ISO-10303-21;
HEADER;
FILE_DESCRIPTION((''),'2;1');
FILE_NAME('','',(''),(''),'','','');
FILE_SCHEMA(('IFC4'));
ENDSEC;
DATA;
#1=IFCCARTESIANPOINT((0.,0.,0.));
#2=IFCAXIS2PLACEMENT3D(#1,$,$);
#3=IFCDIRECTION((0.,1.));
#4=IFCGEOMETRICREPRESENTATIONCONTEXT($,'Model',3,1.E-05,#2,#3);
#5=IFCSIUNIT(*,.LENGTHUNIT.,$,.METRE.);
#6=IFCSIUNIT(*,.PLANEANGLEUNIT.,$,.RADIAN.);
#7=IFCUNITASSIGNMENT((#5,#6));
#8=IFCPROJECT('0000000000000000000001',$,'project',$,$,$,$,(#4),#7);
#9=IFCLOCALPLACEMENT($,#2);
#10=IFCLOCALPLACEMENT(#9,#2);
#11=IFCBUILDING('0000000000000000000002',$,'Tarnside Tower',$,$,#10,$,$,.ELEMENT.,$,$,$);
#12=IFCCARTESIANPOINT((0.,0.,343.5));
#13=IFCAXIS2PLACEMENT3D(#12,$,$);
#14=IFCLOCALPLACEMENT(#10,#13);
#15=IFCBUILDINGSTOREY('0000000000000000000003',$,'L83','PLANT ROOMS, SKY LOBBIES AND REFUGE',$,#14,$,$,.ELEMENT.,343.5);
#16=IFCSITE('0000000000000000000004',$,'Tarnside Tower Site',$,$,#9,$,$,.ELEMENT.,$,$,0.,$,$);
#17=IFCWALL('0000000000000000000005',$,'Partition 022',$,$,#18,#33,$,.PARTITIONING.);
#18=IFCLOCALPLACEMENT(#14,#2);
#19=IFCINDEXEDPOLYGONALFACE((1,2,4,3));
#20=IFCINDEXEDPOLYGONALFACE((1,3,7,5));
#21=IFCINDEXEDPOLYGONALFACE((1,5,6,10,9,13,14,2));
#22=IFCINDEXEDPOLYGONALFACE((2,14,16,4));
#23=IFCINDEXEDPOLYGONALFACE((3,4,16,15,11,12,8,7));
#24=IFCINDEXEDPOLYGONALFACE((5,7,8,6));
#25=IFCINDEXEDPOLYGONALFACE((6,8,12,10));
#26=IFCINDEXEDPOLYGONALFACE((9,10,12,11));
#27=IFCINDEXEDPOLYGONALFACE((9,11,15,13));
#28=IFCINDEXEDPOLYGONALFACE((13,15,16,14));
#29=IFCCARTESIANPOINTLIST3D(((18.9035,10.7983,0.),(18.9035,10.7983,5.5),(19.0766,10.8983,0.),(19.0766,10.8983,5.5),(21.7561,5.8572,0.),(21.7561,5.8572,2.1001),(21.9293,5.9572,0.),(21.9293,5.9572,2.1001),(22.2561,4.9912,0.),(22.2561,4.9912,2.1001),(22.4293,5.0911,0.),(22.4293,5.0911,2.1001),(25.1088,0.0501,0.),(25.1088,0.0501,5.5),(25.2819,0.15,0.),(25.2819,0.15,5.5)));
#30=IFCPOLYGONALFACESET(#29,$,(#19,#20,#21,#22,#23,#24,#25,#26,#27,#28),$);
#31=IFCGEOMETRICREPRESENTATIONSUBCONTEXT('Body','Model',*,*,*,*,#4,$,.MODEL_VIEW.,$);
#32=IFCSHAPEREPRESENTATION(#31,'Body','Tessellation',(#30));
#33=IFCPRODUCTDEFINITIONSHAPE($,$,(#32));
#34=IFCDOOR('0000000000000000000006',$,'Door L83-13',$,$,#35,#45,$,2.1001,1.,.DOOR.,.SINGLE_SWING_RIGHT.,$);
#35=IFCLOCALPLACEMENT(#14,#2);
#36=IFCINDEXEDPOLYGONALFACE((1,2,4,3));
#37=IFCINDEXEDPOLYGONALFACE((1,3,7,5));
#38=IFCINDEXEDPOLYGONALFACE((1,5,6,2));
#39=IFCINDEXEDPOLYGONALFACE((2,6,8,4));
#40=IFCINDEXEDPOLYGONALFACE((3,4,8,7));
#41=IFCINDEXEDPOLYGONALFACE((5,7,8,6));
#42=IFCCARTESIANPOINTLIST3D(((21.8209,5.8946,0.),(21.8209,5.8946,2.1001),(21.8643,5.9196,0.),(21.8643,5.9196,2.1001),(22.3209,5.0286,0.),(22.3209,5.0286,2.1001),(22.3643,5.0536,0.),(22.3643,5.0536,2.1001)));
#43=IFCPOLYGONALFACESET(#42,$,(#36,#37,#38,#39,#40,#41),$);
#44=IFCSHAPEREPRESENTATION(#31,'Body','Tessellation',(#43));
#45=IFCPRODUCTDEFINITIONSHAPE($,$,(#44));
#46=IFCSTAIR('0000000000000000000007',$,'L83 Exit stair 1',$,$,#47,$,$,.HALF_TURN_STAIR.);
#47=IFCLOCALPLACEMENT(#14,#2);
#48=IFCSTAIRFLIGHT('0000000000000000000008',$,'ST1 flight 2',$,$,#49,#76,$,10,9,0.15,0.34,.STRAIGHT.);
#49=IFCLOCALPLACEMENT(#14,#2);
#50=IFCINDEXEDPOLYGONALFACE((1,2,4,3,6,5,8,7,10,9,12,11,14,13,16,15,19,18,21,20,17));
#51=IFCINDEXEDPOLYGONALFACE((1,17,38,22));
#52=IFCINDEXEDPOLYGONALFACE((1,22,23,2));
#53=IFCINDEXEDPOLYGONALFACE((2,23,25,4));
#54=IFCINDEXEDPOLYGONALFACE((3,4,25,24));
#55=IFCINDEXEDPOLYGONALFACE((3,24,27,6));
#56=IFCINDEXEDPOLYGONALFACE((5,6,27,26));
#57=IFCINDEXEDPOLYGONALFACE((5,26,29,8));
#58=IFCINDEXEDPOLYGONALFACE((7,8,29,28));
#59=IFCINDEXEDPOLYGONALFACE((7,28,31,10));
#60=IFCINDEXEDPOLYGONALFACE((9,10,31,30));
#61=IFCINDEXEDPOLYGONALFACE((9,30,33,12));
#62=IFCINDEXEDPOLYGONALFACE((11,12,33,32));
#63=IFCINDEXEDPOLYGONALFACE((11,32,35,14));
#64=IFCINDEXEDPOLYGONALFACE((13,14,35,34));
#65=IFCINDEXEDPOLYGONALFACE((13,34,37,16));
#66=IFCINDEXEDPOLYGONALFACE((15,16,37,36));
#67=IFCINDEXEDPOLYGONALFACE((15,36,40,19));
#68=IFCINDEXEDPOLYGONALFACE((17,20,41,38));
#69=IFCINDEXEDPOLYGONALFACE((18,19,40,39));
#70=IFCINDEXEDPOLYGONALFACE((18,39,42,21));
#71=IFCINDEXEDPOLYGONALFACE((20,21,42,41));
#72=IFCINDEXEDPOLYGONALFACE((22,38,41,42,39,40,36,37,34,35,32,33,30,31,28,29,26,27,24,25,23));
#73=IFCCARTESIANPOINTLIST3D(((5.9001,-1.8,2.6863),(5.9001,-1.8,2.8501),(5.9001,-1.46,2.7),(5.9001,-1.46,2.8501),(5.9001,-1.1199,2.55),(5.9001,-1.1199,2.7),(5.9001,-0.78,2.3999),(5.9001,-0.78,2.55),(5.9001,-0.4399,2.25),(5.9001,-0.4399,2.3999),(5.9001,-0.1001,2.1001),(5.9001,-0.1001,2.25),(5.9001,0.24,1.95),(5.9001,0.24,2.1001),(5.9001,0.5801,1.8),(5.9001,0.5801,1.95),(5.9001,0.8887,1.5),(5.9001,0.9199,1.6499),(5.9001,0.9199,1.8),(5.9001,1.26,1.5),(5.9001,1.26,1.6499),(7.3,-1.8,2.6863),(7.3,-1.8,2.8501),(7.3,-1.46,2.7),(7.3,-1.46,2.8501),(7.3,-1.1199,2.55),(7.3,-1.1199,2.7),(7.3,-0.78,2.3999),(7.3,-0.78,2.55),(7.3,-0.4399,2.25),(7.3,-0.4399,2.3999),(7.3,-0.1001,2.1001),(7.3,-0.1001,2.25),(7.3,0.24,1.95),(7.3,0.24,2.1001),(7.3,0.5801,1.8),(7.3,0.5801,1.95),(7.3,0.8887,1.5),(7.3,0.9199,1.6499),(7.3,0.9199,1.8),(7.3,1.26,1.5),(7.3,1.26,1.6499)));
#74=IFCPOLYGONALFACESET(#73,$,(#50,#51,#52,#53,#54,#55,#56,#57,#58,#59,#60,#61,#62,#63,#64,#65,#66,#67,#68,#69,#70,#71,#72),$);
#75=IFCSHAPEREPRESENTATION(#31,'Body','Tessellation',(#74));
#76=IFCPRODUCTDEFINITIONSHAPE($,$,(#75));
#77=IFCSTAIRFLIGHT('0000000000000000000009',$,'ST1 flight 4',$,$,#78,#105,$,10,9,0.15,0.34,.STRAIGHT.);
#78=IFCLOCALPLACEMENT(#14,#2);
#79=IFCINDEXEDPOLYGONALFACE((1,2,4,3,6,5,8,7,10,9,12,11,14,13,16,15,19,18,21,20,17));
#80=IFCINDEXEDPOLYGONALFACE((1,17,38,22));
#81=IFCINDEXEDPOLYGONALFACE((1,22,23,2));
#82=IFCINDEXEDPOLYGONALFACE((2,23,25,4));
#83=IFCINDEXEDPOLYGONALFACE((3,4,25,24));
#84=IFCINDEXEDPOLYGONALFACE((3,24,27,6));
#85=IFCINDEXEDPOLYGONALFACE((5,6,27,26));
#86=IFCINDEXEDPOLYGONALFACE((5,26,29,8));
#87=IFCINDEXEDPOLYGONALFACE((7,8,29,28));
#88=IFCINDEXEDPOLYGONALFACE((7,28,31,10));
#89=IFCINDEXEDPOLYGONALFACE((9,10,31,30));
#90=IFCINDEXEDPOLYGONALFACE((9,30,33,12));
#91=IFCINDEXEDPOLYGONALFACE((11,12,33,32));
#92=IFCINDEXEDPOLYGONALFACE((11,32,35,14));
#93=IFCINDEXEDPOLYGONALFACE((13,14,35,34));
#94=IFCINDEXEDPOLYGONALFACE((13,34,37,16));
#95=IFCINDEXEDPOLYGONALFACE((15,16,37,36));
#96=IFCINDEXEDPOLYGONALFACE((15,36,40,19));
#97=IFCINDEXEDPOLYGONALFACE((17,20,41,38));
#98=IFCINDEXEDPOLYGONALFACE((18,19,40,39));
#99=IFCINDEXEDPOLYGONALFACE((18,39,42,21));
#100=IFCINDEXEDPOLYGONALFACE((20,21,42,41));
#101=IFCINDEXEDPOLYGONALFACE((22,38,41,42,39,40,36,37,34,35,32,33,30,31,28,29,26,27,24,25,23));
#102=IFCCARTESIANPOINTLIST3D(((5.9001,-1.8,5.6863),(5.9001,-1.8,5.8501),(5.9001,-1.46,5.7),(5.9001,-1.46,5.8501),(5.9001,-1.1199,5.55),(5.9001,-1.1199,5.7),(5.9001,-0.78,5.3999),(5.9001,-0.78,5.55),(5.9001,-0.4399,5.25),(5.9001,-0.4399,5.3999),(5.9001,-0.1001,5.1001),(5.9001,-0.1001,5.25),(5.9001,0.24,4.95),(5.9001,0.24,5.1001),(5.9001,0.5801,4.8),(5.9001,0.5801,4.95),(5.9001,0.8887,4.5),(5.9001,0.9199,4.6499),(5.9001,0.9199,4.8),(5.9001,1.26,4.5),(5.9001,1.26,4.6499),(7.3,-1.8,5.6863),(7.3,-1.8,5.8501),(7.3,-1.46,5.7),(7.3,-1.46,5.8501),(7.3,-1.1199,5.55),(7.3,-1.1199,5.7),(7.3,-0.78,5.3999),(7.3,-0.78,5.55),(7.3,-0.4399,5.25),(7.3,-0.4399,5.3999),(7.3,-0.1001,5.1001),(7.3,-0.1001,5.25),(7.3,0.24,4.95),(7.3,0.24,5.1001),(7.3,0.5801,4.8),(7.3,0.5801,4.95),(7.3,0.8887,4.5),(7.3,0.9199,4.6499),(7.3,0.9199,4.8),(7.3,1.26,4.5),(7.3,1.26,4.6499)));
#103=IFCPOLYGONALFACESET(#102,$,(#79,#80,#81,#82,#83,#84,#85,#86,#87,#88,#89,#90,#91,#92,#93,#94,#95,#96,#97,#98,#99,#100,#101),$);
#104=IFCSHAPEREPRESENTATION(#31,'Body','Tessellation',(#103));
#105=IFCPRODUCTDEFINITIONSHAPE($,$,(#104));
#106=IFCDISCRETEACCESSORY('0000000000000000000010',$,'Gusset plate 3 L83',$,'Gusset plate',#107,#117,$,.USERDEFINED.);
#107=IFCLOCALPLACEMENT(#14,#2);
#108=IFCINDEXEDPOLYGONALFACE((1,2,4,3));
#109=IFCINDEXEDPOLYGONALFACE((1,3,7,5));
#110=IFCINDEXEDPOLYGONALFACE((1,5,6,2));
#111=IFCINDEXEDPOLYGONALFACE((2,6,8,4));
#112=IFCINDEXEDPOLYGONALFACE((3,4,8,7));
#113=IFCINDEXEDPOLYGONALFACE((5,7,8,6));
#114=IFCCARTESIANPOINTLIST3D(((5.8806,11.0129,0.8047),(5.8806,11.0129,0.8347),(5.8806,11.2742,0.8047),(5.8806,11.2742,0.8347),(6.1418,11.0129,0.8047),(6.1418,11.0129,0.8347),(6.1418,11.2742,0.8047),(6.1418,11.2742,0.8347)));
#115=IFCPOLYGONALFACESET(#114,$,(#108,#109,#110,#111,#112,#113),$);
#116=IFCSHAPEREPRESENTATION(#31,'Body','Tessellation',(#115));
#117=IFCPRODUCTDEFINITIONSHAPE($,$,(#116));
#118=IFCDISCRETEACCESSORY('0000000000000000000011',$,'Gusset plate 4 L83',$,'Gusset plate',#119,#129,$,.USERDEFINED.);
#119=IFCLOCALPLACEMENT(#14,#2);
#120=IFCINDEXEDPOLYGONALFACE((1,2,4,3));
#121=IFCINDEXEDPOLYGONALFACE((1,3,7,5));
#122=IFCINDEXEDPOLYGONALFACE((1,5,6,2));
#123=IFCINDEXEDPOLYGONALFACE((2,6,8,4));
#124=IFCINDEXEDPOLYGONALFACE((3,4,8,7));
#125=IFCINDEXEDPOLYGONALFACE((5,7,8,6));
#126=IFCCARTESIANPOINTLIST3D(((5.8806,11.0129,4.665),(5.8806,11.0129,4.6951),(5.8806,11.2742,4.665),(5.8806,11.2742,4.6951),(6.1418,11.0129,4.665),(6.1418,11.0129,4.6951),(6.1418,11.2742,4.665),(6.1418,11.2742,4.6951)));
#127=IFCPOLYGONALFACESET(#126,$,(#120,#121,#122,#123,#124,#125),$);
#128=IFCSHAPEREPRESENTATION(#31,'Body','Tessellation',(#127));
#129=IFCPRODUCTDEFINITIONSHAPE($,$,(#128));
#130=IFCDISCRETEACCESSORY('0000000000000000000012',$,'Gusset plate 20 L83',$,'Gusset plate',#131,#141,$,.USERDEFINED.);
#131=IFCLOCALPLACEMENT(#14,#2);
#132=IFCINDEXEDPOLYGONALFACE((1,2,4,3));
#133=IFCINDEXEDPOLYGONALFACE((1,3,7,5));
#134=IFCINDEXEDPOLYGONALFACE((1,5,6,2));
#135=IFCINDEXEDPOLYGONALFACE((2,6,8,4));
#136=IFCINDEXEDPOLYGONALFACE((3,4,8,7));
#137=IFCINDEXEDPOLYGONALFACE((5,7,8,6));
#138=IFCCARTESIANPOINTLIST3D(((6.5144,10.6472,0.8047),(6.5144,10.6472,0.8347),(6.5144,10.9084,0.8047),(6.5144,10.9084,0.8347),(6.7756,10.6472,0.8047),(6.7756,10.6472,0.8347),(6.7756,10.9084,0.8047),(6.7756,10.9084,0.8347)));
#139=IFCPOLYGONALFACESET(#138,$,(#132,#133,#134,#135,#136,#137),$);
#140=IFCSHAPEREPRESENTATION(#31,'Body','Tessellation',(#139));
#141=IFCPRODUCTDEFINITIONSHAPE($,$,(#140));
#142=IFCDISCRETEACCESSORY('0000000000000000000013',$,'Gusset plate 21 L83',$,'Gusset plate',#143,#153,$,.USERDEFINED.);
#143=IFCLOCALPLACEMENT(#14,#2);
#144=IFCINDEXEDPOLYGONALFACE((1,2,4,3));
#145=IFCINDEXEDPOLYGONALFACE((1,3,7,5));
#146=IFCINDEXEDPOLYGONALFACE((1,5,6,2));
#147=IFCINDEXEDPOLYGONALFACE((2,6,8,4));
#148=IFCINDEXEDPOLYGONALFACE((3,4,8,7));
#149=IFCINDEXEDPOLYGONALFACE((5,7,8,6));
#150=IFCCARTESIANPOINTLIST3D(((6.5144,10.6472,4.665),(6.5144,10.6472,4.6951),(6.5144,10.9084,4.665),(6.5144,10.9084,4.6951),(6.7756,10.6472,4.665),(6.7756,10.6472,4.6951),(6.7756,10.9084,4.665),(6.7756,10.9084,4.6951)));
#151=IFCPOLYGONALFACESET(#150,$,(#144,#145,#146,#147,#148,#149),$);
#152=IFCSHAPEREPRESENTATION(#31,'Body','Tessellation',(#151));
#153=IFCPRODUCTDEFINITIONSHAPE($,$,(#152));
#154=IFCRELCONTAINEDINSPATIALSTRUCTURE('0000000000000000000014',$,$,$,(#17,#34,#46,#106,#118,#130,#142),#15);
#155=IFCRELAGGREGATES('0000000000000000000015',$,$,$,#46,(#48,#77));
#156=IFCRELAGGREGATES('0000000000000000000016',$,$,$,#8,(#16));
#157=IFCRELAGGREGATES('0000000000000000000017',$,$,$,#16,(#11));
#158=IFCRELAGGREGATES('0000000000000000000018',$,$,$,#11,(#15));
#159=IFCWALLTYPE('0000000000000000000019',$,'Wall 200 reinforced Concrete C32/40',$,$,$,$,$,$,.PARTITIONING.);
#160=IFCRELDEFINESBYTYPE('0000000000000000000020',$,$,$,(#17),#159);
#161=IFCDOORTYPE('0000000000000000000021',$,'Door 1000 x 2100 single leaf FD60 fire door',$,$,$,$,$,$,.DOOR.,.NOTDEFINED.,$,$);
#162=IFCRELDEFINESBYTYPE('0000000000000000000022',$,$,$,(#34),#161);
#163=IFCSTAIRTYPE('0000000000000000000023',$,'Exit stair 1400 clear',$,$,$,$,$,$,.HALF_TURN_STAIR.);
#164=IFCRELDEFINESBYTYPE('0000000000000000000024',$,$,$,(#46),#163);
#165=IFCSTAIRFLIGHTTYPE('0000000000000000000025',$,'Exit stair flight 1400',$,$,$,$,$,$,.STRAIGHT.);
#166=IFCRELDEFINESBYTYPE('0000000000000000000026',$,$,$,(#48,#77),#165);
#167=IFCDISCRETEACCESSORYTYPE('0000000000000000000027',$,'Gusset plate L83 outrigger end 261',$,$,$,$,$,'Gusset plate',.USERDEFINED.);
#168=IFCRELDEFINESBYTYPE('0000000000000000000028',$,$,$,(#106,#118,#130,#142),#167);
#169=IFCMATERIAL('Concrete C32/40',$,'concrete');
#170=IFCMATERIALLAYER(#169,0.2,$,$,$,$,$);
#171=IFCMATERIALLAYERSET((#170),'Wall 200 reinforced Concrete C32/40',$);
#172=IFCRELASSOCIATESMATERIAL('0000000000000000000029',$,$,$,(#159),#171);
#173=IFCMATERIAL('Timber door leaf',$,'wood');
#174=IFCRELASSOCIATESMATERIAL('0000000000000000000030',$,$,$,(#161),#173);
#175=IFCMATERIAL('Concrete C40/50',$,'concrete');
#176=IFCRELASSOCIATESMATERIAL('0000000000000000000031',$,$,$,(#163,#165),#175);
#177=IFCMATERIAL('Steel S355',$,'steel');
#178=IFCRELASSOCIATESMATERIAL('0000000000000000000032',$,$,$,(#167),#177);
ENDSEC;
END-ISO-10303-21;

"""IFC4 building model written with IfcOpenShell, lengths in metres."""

from ifc_helpers import new_model, si_unit, direction, frame, frame_2d, origin, origin_2d, place, context, subcontext, project, spatial, polyline, rectangle, outline, extrude, material, layer, layer_set, type_object, element, fill, aggregate, save


model = new_model("IFC4")

# Units and contexts
model_context = context("Model", 3, precision=1e-05, world=origin(), true_north=direction((0.0, 1.0)))
body_context = subcontext(model_context, "Body", "Model", "MODEL_VIEW")
ifc_project = project(units=[si_unit("LENGTHUNIT", "METRE"), si_unit("PLANEANGLEUNIT", "RADIAN")], contexts=[model_context])

# Site, building, storey
site_placement = place(None, origin())
site = spatial("IfcSite", under=ifc_project, at=site_placement, Name="Tarnside Tower Site", CompositionType="ELEMENT", RefElevation=0.0)
building_placement = place(site_placement, origin())
building = spatial("IfcBuilding", under=site, at=building_placement, Name="Tarnside Tower", CompositionType="ELEMENT")
storey_placement = place(building_placement, frame((0.0, 0.0, 343.5)))
storey = spatial("IfcBuildingStorey", under=building, at=storey_placement, Name="L83", Description="PLANT ROOMS, SKY LOBBIES AND REFUGE", CompositionType="ELEMENT", Elevation=343.5)

# Shared definitions
ifc_material_1 = material(Name="Steel S355", Category="steel")

# Shared definitions
ifc_material_2 = material(Name="Concrete C40/50", Category="concrete")

# Wall, opening, door
ifc_material_3 = material(Name="Concrete C32/40", Category="concrete")
ifc_layer_1 = layer(ifc_material_3, 0.2)
ifc_layer_set_1 = layer_set([ifc_layer_1], Name="Wall 200 reinforced Concrete C32/40")
wall_type_1 = type_object("IfcWallType", Name="Wall 200 reinforced Concrete C32/40", PredefinedType="PARTITIONING", material=ifc_layer_set_1)
wall_1_placement = place(storey_placement, frame((18.99, 10.8484, 0.0), z_axis=(0.0, 0.0, 1.0), x_axis=(0.499988, -0.866033, 0.0)))
wall_1 = element("IfcWall", 1, at=wall_1_placement, inside=storey, type_object=wall_type_1, Name="Partition 022", PredefinedType="PARTITIONING", context=body_context, shape_type="SweptSolid", body=[
    extrude(rectangle(XDim=12.4109, YDim=0.2, at=frame_2d((6.2056, 0.0))), origin(), (0.0, 0.0, 1.0), 5.5),
])
opening_1_placement = place(wall_1_placement, frame((5.7056, 0.0, 0.0)))
opening_1 = element("IfcOpeningElement", 2, at=opening_1_placement, cuts=wall_1, PredefinedType="OPENING", context=body_context, shape_type="SweptSolid", body=[
    extrude(rectangle(XDim=1.0, YDim=2.1001, at=frame_2d((0.5, 1.05))), frame((0.0, 0.1099, 0.0), z_axis=(0.0, -1.0, 0.0), x_axis=(1.0, 0.0, 0.0)), (0.0, 0.0, 1.0), 0.22),
])
ifc_material_4 = material(Name="Timber door leaf", Category="wood")
door_type_1 = type_object("IfcDoorType", Name="Door 1000 x 2100 single leaf FD60 fire door", OperationType="NOTDEFINED", PredefinedType="DOOR", material=ifc_material_4)
door_1_placement = place(opening_1_placement, origin())
door_1 = element("IfcDoor", 3, at=door_1_placement, inside=storey, type_object=door_type_1, Name="Door L83-13", OperationType="SINGLE_SWING_RIGHT", OverallHeight=2.1001, OverallWidth=1.0, PredefinedType="DOOR", context=body_context, shape_type="SweptSolid", body=[
    extrude(rectangle(XDim=1.0, YDim=2.1001, at=frame_2d((0.5, 1.05))), frame((0.0, 0.0249, 0.0), z_axis=(0.0, -1.0, 0.0), x_axis=(1.0, 0.0, 0.0)), (0.0, 0.0, 1.0), 0.05),
])
fill(opening_1, door_1)

# Stair, stair flights
stair_type = type_object("IfcStairType", Name="Exit stair 1400 clear", PredefinedType="HALF_TURN_STAIR", material=ifc_material_2)
stair_placement = place(storey_placement, origin())
stair = element("IfcStair", 4, at=stair_placement, inside=storey, type_object=stair_type, Name="L83 Exit stair 1", PredefinedType="HALF_TURN_STAIR")
stair_flight_type = type_object("IfcStairFlightType", Name="Exit stair flight 1400", PredefinedType="STRAIGHT", material=ifc_material_2)
stair_flight_1_placement = place(storey_placement, frame((6.6001, 1.26, 1.5), z_axis=(0.0, 0.0, 1.0), x_axis=(0.0, -1.0, 0.0)))
stair_flight_1 = element("IfcStairFlight", 5, at=stair_flight_1_placement, type_object=stair_flight_type, Name="ST1 flight 2", NumberOfRisers=10, NumberOfTreads=9, PredefinedType="STRAIGHT", RiserHeight=0.15, TreadLength=0.34, context=body_context, shape_type="SweptSolid", body=[
    extrude(outline(polyline([(0.0, 0.0), (0.0, 0.1499), (0.3401, 0.1499), (0.3401, 0.3), (0.6799, 0.3), (0.6799, 0.45), (1.02, 0.45), (1.02, 0.6001), (1.3601, 0.6001), (1.3601, 0.75), (1.7, 0.75), (1.7, 0.8999), (2.04, 0.8999), (2.04, 1.05), (2.3799, 1.05), (2.3799, 1.2), (2.72, 1.2), (2.72, 1.3501), (3.0601, 1.3501), (3.0601, 1.5), (3.0601, 1.1863), (0.3713, 0.0), (0.0, 0.0)])), frame((0.0, 0.7, 0.0), z_axis=(0.0, -1.0, 0.0), x_axis=(1.0, 0.0, 0.0)), (0.0, 0.0, 1.0), 1.3999),
])
stair_flight_2_placement = place(storey_placement, frame((6.6001, 1.26, 4.5), z_axis=(0.0, 0.0, 1.0), x_axis=(0.0, -1.0, 0.0)))
stair_flight_2 = element("IfcStairFlight", 6, at=stair_flight_2_placement, type_object=stair_flight_type, Name="ST1 flight 4", NumberOfRisers=10, NumberOfTreads=9, PredefinedType="STRAIGHT", RiserHeight=0.15, TreadLength=0.34, context=body_context, shape_type="SweptSolid", body=[
    extrude(outline(polyline([(0.0, 0.0), (0.0, 0.1499), (0.3401, 0.1499), (0.3401, 0.3), (0.6799, 0.3), (0.6799, 0.45), (1.02, 0.45), (1.02, 0.6001), (1.3601, 0.6001), (1.3601, 0.75), (1.7, 0.75), (1.7, 0.8999), (2.04, 0.8999), (2.04, 1.05), (2.3799, 1.05), (2.3799, 1.2), (2.72, 1.2), (2.72, 1.3501), (3.0601, 1.3501), (3.0601, 1.5), (3.0601, 1.1863), (0.3713, 0.0), (0.0, 0.0)])), frame((0.0, 0.7, 0.0), z_axis=(0.0, -1.0, 0.0), x_axis=(1.0, 0.0, 0.0)), (0.0, 0.0, 1.0), 1.3999),
])
aggregate(stair, [stair_flight_1, stair_flight_2])

# Discrete accessories
discrete_accessory_type = type_object("IfcDiscreteAccessoryType", Name="Gusset plate L83 outrigger end 261", ElementType="Gusset plate", PredefinedType="USERDEFINED", material=ifc_material_1)
for number, where, z_axis, x_axis, name in (
    (7, (6.0112, 11.1436, 0.8047), (0.0, 0.0, 1.0), (1.0, 0.0, 0.0), "Gusset plate 3 L83"),
    (8, (6.0112, 11.1436, 4.665), (0.0, 0.0, 1.0), (1.0, 0.0, 0.0), "Gusset plate 4 L83"),
    (9, (6.645, 10.7778, 0.8047), (0.0, 0.0, 1.0), (1.0, 0.0, 0.0), "Gusset plate 20 L83"),
    (10, (6.645, 10.7778, 4.665), (0.0, 0.0, 1.0), (1.0, 0.0, 0.0), "Gusset plate 21 L83"),
):
    element("IfcDiscreteAccessory", number, at=place(storey_placement, frame(where, z_axis=z_axis, x_axis=x_axis)), inside=storey, type_object=discrete_accessory_type, Name=name, ObjectType="Gusset plate", PredefinedType="USERDEFINED", context=body_context, shape_type="SweptSolid", body=[
        extrude(rectangle(XDim=0.2612, YDim=0.2612, at=origin_2d()), origin(), (0.0, 0.0, 1.0), 0.03),
    ])

save(model, "model.ifc")
